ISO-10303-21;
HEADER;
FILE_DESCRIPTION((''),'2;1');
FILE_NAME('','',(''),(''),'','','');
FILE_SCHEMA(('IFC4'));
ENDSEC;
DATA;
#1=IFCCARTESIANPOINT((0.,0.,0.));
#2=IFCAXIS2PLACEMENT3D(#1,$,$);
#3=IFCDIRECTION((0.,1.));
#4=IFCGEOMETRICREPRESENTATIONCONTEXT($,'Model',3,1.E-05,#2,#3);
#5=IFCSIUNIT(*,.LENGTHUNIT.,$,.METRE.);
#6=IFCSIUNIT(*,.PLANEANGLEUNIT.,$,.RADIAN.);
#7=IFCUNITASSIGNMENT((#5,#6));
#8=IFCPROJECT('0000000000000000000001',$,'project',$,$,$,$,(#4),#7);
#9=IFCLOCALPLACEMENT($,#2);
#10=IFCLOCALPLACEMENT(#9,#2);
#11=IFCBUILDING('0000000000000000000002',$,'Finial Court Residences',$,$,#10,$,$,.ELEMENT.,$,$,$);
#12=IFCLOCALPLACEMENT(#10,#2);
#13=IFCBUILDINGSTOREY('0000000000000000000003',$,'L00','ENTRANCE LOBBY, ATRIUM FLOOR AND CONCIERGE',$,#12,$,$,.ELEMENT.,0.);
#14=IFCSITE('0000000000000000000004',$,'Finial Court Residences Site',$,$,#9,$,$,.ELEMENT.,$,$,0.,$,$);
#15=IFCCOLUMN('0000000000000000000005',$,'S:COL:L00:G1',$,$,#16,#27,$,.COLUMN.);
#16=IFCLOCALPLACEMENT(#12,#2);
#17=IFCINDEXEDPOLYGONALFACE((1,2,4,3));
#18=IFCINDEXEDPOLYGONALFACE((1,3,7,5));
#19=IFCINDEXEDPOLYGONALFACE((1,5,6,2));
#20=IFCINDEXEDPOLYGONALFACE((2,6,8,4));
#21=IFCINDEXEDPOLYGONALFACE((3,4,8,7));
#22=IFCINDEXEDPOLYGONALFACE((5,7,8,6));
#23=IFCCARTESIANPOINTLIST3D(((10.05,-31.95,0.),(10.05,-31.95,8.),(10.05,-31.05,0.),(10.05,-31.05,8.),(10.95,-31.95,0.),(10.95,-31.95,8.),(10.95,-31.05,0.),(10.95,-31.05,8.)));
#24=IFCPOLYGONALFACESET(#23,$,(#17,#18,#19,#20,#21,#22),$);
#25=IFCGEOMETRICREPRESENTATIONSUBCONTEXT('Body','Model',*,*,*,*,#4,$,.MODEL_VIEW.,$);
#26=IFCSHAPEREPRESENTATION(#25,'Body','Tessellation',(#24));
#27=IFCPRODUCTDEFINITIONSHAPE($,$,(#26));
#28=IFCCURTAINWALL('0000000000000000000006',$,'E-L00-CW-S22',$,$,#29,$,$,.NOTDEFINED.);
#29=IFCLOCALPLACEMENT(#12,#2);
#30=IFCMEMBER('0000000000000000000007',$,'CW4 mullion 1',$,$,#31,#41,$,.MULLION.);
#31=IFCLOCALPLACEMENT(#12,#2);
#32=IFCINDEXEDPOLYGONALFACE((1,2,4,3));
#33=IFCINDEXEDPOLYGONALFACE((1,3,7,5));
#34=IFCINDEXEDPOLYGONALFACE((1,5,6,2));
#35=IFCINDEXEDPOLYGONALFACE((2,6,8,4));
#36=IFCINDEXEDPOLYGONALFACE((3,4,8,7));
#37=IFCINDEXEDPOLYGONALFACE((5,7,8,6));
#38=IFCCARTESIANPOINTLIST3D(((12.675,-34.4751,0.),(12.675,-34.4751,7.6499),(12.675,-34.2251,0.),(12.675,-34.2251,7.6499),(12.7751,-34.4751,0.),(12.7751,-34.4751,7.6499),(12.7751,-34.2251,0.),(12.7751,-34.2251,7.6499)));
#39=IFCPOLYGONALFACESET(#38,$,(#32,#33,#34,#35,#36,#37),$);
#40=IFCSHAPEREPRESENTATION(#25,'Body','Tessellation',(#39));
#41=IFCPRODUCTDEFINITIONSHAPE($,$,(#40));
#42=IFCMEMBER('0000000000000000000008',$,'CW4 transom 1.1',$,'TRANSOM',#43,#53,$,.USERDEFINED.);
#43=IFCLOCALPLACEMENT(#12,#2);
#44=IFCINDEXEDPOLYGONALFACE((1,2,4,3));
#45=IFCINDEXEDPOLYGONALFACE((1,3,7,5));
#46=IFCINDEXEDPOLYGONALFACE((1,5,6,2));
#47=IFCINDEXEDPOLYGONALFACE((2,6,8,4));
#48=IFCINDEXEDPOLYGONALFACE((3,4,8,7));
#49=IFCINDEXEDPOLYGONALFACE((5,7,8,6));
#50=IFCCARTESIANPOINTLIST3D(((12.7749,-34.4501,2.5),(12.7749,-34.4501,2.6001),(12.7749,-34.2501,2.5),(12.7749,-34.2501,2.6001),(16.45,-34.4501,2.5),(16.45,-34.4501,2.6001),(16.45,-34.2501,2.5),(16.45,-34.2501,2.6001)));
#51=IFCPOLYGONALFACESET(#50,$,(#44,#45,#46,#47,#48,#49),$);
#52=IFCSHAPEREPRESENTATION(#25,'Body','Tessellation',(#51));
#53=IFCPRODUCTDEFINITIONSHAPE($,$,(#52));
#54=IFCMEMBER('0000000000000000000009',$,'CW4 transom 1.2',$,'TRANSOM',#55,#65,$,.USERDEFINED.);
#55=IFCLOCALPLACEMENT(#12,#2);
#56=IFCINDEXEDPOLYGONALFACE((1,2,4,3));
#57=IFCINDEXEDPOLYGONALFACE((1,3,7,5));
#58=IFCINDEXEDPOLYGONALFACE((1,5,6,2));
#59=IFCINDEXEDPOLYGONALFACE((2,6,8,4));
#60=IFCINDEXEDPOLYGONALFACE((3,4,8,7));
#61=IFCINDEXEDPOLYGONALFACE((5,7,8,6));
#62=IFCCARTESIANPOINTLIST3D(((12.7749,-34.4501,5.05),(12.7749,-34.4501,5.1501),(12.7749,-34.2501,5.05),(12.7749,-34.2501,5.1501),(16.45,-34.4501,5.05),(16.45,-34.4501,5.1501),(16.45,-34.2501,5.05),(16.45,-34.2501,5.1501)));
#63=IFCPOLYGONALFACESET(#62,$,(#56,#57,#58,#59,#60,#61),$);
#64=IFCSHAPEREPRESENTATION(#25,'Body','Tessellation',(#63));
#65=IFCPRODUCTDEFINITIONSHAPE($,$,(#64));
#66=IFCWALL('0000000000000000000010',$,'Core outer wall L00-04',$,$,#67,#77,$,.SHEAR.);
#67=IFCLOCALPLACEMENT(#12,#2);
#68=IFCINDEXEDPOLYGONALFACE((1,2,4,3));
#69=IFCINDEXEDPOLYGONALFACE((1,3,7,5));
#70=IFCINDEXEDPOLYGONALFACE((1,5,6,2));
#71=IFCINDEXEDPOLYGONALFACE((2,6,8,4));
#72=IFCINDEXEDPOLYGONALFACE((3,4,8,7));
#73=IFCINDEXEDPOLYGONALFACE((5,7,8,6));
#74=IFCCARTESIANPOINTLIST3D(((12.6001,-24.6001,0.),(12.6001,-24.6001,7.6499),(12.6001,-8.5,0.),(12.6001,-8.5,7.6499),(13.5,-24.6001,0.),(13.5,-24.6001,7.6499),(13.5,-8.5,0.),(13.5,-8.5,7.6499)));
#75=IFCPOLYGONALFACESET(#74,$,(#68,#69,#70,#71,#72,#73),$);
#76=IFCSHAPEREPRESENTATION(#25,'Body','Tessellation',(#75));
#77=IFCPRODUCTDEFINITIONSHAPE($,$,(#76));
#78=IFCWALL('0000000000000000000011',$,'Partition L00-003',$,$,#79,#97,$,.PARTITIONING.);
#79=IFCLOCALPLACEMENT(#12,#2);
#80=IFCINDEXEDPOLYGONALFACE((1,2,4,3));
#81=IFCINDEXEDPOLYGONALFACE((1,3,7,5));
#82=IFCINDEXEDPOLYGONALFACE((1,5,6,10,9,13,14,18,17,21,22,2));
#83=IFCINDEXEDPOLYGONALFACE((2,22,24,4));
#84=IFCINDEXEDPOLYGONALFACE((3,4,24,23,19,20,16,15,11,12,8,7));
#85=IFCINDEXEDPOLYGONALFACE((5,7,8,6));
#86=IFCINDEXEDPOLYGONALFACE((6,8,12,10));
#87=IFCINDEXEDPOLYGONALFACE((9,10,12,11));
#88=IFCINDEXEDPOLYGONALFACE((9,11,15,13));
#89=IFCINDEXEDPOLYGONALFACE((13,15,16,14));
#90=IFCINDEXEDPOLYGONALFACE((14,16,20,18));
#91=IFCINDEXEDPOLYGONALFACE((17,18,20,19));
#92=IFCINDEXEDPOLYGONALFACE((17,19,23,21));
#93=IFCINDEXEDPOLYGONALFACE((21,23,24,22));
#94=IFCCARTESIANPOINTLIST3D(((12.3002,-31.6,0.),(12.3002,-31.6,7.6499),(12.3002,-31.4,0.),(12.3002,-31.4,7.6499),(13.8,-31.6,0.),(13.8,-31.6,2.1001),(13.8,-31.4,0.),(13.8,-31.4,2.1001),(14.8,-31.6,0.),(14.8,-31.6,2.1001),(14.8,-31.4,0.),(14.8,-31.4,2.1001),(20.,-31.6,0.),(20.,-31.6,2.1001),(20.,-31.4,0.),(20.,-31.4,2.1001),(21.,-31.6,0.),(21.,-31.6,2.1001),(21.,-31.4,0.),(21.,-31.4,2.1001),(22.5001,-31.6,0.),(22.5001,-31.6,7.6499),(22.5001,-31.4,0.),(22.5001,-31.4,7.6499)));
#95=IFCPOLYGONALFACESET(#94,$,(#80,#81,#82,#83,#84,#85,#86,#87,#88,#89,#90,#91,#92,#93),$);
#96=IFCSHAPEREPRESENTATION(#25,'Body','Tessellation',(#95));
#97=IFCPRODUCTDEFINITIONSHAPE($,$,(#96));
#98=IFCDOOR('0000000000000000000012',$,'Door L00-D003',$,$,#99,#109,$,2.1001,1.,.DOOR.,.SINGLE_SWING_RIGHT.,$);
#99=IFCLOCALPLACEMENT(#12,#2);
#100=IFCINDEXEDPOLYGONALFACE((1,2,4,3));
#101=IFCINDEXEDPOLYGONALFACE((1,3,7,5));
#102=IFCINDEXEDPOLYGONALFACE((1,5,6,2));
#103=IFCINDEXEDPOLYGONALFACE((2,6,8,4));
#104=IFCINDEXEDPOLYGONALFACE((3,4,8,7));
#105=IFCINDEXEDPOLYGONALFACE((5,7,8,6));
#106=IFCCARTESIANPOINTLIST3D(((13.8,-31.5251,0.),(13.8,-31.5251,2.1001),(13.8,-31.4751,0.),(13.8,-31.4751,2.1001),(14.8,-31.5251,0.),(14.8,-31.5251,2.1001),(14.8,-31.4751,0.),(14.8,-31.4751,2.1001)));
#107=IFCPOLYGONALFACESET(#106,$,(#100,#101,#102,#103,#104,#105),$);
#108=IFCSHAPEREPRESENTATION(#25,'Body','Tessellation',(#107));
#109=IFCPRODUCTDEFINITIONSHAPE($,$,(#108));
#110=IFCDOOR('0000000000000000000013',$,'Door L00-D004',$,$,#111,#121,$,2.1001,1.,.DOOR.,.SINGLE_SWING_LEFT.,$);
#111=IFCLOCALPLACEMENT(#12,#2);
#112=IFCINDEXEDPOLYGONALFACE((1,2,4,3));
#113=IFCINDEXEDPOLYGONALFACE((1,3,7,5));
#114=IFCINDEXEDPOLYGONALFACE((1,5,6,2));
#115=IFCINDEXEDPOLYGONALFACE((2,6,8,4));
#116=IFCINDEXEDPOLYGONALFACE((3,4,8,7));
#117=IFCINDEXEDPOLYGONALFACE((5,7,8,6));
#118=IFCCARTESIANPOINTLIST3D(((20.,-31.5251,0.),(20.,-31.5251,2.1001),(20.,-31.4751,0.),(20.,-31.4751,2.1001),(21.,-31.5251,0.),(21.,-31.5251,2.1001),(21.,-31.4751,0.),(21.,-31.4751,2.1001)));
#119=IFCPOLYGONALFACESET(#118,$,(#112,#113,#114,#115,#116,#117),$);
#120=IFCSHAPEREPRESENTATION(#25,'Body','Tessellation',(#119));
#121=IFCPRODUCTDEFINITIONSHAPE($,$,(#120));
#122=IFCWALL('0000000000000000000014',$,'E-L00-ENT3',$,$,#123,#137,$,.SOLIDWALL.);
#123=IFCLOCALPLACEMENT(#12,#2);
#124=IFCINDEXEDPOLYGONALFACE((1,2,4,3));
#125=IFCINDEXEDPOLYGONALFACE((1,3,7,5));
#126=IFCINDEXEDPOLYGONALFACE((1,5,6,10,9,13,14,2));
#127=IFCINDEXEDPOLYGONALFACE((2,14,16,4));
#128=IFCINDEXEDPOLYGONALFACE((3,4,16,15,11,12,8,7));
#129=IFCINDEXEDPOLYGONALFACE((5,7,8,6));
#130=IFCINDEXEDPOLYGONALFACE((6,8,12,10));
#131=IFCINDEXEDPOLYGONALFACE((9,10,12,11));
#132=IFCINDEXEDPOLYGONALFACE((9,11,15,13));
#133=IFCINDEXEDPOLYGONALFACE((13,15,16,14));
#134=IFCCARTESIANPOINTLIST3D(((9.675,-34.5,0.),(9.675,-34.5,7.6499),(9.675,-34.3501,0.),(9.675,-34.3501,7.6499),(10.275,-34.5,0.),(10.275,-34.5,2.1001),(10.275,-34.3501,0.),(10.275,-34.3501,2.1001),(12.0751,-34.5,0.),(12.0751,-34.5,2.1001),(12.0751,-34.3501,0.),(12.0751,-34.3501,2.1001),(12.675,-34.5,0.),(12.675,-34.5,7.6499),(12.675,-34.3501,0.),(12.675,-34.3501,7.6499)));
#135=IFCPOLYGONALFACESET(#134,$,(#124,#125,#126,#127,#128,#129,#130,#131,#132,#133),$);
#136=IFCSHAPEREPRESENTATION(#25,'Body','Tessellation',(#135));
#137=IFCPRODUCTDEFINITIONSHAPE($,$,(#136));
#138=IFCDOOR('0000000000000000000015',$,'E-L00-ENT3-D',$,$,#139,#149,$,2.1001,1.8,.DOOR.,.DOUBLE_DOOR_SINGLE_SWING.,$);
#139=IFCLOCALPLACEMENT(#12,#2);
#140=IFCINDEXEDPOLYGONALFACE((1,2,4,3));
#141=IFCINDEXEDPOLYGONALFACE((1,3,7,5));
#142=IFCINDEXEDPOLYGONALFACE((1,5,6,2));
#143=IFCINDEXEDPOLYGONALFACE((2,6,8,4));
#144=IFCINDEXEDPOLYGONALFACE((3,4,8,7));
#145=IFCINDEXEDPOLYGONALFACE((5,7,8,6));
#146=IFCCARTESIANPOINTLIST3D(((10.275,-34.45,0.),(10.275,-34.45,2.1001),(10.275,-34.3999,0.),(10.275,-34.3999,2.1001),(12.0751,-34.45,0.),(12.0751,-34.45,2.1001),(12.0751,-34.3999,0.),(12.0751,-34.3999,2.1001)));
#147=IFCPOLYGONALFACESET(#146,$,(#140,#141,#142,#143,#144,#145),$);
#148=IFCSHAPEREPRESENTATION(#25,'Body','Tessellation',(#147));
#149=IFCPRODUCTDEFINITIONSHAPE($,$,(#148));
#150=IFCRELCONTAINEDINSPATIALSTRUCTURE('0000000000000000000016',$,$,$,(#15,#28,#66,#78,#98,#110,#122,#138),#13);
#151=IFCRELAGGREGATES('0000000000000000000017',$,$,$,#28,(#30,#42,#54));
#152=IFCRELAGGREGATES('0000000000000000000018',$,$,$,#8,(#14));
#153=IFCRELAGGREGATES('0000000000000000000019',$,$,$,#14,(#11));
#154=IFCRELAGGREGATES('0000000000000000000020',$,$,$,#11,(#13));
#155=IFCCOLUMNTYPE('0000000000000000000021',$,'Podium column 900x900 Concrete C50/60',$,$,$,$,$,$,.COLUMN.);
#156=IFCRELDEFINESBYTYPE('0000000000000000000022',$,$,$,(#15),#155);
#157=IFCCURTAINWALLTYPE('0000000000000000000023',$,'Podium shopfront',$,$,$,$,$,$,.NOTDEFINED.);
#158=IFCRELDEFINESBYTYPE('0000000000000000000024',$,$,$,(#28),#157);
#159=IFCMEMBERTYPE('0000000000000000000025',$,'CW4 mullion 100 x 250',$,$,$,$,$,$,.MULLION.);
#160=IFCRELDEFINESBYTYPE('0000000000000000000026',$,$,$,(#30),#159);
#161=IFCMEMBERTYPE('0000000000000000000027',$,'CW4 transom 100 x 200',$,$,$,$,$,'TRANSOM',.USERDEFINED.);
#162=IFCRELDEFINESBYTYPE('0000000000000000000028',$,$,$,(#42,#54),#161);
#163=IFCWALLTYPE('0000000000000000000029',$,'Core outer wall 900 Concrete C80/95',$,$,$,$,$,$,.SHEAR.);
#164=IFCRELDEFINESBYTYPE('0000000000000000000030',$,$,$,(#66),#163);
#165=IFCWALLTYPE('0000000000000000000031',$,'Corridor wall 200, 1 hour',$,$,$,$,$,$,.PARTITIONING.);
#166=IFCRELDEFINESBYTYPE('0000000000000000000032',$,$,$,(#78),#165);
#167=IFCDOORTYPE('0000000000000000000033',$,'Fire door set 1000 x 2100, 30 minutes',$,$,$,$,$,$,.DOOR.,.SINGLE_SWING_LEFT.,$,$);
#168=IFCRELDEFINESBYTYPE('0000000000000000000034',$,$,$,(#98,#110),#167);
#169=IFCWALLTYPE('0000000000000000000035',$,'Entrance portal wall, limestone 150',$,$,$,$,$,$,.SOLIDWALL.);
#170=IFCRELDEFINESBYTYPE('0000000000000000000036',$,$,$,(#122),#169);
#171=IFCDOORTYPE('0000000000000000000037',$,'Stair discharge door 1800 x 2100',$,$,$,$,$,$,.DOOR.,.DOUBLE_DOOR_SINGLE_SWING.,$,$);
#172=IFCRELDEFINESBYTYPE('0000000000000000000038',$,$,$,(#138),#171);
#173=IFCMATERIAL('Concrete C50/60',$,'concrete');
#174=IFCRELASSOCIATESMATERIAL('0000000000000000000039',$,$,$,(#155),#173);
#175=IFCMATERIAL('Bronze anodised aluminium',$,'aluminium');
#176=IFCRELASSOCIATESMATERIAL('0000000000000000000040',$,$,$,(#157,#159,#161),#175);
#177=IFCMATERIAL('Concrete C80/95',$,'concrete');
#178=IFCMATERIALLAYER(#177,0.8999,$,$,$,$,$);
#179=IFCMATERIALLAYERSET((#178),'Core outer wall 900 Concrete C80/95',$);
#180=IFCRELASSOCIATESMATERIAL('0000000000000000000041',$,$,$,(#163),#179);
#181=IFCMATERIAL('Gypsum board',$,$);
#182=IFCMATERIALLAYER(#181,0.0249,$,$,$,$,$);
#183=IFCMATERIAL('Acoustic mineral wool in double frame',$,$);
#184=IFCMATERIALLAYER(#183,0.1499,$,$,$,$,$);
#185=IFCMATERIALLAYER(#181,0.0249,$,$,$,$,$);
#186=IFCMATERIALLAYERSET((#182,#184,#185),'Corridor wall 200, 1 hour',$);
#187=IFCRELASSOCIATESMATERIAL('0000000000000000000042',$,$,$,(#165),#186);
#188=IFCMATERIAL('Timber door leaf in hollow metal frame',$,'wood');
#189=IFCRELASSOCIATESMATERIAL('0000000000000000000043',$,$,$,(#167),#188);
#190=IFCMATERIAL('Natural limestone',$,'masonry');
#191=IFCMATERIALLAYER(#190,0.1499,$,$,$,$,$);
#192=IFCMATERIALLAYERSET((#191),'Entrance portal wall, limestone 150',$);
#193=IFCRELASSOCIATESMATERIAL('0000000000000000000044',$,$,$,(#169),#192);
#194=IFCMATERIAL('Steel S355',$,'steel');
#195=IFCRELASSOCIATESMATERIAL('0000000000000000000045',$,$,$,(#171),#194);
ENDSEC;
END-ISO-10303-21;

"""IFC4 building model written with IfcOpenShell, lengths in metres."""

from ifc_helpers import new_model, si_unit, direction, frame, frame_2d, origin, origin_2d, place, context, subcontext, project, spatial, rectangle, extrude, material, layer, layer_set, material_profile, profile_set, type_object, element, fill, aggregate, save


model = new_model("IFC4")

# Units and contexts
model_context = context("Model", 3, precision=1e-05, world=origin(), true_north=direction((0.0, 1.0)))
body_context = subcontext(model_context, "Body", "Model", "MODEL_VIEW")
ifc_project = project(units=[si_unit("LENGTHUNIT", "METRE"), si_unit("PLANEANGLEUNIT", "RADIAN")], contexts=[model_context])

# Site, building, storey
site_placement = place(None, origin())
site = spatial("IfcSite", under=ifc_project, at=site_placement, Name="Finial Court Residences Site", CompositionType="ELEMENT", RefElevation=0.0)
building_placement = place(site_placement, origin())
building = spatial("IfcBuilding", under=site, at=building_placement, Name="Finial Court Residences", CompositionType="ELEMENT")
storey_placement = place(building_placement, origin())
storey = spatial("IfcBuildingStorey", under=building, at=storey_placement, Name="L00", Description="ENTRANCE LOBBY, ATRIUM FLOOR AND CONCIERGE", CompositionType="ELEMENT", Elevation=0.0)

# Column
ifc_material_1 = material(Name="Concrete C50/60", Category="concrete")
ifc_material_profile_1 = material_profile(ifc_material_1, rectangle(XDim=0.8999, YDim=0.8999, at=origin_2d()), Name="900x900")
ifc_profile_set_1 = profile_set([ifc_material_profile_1], Name="Concrete C50/60")
column_type = type_object("IfcColumnType", Name="Podium column 900x900 Concrete C50/60", PredefinedType="COLUMN", material=ifc_profile_set_1)
column_placement = place(storey_placement, frame((10.5, -31.5, 0.0), z_axis=(0.0, 0.0, 1.0), x_axis=(1.0, 0.0, 0.0)))
element("IfcColumn", 1, at=column_placement, inside=storey, type_object=column_type, Name="S:COL:L00:G1", PredefinedType="COLUMN", context=body_context, shape_type="SweptSolid", body=[
    extrude(rectangle(XDim=0.8999, YDim=0.8999, at=origin_2d()), origin(), (0.0, 0.0, 1.0), 8.0),
])

# Curtain wall, members
ifc_material_2 = material(Name="Bronze anodised aluminium", Category="aluminium")
curtain_wall_type = type_object("IfcCurtainWallType", Name="Podium shopfront", PredefinedType="NOTDEFINED", material=ifc_material_2)
curtain_wall_placement = place(storey_placement, origin())
curtain_wall = element("IfcCurtainWall", 2, at=curtain_wall_placement, inside=storey, type_object=curtain_wall_type, Name="E-L00-CW-S22", PredefinedType="NOTDEFINED")
ifc_material_profile_2 = material_profile(ifc_material_2, rectangle(XDim=0.25, YDim=0.1001, at=origin_2d()), Name="CW4 mullion 100 x 250")
ifc_profile_set_2 = profile_set([ifc_material_profile_2], Name="Bronze anodised aluminium")
member_type_1 = type_object("IfcMemberType", Name="CW4 mullion 100 x 250", PredefinedType="MULLION", material=ifc_profile_set_2)
member_1_placement = place(storey_placement, frame((12.7251, -34.3501, 0.0), z_axis=(0.0, 0.0, 1.0), x_axis=(0.0, 1.0, 0.0)))
member_1 = element("IfcMember", 3, at=member_1_placement, type_object=member_type_1, Name="CW4 mullion 1", PredefinedType="MULLION", context=body_context, shape_type="SweptSolid", body=[
    extrude(rectangle(XDim=0.25, YDim=0.1001, at=origin_2d()), origin(), (0.0, 0.0, 1.0), 7.6499),
])
ifc_material_profile_3 = material_profile(ifc_material_2, rectangle(XDim=0.2, YDim=0.1001, at=origin_2d()), Name="CW4 transom 100 x 200")
ifc_profile_set_3 = profile_set([ifc_material_profile_3], Name="Bronze anodised aluminium")
member_type_2 = type_object("IfcMemberType", Name="CW4 transom 100 x 200", ElementType="TRANSOM", PredefinedType="USERDEFINED", material=ifc_profile_set_3)
member_2_placement = place(storey_placement, frame((12.7749, -34.3501, 2.55), z_axis=(1.0, 0.0, 0.0), x_axis=(0.0, 1.0, 0.0)))
member_2 = element("IfcMember", 4, at=member_2_placement, type_object=member_type_2, Name="CW4 transom 1.1", ObjectType="TRANSOM", PredefinedType="USERDEFINED", context=body_context, shape_type="SweptSolid", body=[
    extrude(rectangle(XDim=0.2, YDim=0.1001, at=origin_2d()), origin(), (0.0, 0.0, 1.0), 3.675),
])
member_3_placement = place(storey_placement, frame((12.7749, -34.3501, 5.1001), z_axis=(1.0, 0.0, 0.0), x_axis=(0.0, 1.0, 0.0)))
member_3 = element("IfcMember", 5, at=member_3_placement, type_object=member_type_2, Name="CW4 transom 1.2", ObjectType="TRANSOM", PredefinedType="USERDEFINED", context=body_context, shape_type="SweptSolid", body=[
    extrude(rectangle(XDim=0.2, YDim=0.1001, at=origin_2d()), origin(), (0.0, 0.0, 1.0), 3.675),
])
aggregate(curtain_wall, [member_1, member_2, member_3])

# Wall
ifc_material_3 = material(Name="Concrete C80/95", Category="concrete")
ifc_layer_1 = layer(ifc_material_3, 0.8999)
ifc_layer_set_1 = layer_set([ifc_layer_1], Name="Core outer wall 900 Concrete C80/95")
wall_type_1 = type_object("IfcWallType", Name="Core outer wall 900 Concrete C80/95", PredefinedType="SHEAR", material=ifc_layer_set_1)
wall_1_placement = place(storey_placement, frame((13.05, -24.6001, 0.0), z_axis=(0.0, 0.0, 1.0), x_axis=(0.0, 1.0, 0.0)))
element("IfcWall", 6, at=wall_1_placement, inside=storey, type_object=wall_type_1, Name="Core outer wall L00-04", PredefinedType="SHEAR", context=body_context, shape_type="SweptSolid", body=[
    extrude(rectangle(XDim=16.1001, YDim=0.8999, at=frame_2d((8.05, 0.0))), origin(), (0.0, 0.0, 1.0), 7.6499),
])

# Wall, openings, doors
ifc_material_4 = material(Name="Gypsum board")
ifc_layer_2 = layer(ifc_material_4, 0.0249)
ifc_material_5 = material(Name="Acoustic mineral wool in double frame")
ifc_layer_3 = layer(ifc_material_5, 0.1499)
ifc_layer_4 = layer(ifc_material_4, 0.0249)
ifc_layer_set_2 = layer_set([ifc_layer_2, ifc_layer_3, ifc_layer_4], Name="Corridor wall 200, 1 hour")
wall_type_2 = type_object("IfcWallType", Name="Corridor wall 200, 1 hour", PredefinedType="PARTITIONING", material=ifc_layer_set_2)
wall_2_placement = place(storey_placement, frame((12.3, -31.5, 0.0), z_axis=(0.0, 0.0, 1.0), x_axis=(1.0, 0.0, 0.0)))
wall_2 = element("IfcWall", 7, at=wall_2_placement, inside=storey, type_object=wall_type_2, Name="Partition L00-003", PredefinedType="PARTITIONING", context=body_context, shape_type="SweptSolid", body=[
    extrude(rectangle(XDim=10.2, YDim=0.2, at=frame_2d((5.1001, 0.0))), origin(), (0.0, 0.0, 1.0), 7.6499),
])
opening_1_placement = place(wall_2_placement, frame((1.5, 0.0, 0.0)))
opening_1 = element("IfcOpeningElement", 8, at=opening_1_placement, cuts=wall_2, PredefinedType="OPENING", context=body_context, shape_type="SweptSolid", body=[
    extrude(rectangle(XDim=1.0, YDim=2.1001, at=frame_2d((0.5, 1.05))), frame((0.0, 0.1099, 0.0), z_axis=(0.0, -1.0, 0.0), x_axis=(1.0, 0.0, 0.0)), (0.0, 0.0, 1.0), 0.22),
])
opening_2_placement = place(wall_2_placement, frame((7.7, 0.0, 0.0)))
opening_2 = element("IfcOpeningElement", 9, at=opening_2_placement, cuts=wall_2, PredefinedType="OPENING", context=body_context, shape_type="SweptSolid", body=[
    extrude(rectangle(XDim=1.0, YDim=2.1001, at=frame_2d((0.5, 1.05))), frame((0.0, 0.1099, 0.0), z_axis=(0.0, -1.0, 0.0), x_axis=(1.0, 0.0, 0.0)), (0.0, 0.0, 1.0), 0.22),
])
ifc_material_6 = material(Name="Timber door leaf in hollow metal frame", Category="wood")
door_type_1 = type_object("IfcDoorType", Name="Fire door set 1000 x 2100, 30 minutes", OperationType="SINGLE_SWING_LEFT", PredefinedType="DOOR", material=ifc_material_6)
door_1_placement = place(opening_1_placement, origin())
door_1 = element("IfcDoor", 10, at=door_1_placement, inside=storey, type_object=door_type_1, Name="Door L00-D003", OperationType="SINGLE_SWING_RIGHT", OverallHeight=2.1001, OverallWidth=1.0, PredefinedType="DOOR", context=body_context, shape_type="SweptSolid", body=[
    extrude(rectangle(XDim=1.0, YDim=2.1001, at=frame_2d((0.5, 1.05))), frame((0.0, 0.0249, 0.0), z_axis=(0.0, -1.0, 0.0), x_axis=(1.0, 0.0, 0.0)), (0.0, 0.0, 1.0), 0.05),
])
fill(opening_1, door_1)
door_2_placement = place(opening_2_placement, origin())
door_2 = element("IfcDoor", 11, at=door_2_placement, inside=storey, type_object=door_type_1, Name="Door L00-D004", OperationType="SINGLE_SWING_LEFT", OverallHeight=2.1001, OverallWidth=1.0, PredefinedType="DOOR", context=body_context, shape_type="SweptSolid", body=[
    extrude(rectangle(XDim=1.0, YDim=2.1001, at=frame_2d((0.5, 1.05))), frame((0.0, 0.0249, 0.0), z_axis=(0.0, -1.0, 0.0), x_axis=(1.0, 0.0, 0.0)), (0.0, 0.0, 1.0), 0.05),
])
fill(opening_2, door_2)

# Wall, opening, door
ifc_material_7 = material(Name="Natural limestone", Category="masonry")
ifc_layer_5 = layer(ifc_material_7, 0.1499)
ifc_layer_set_3 = layer_set([ifc_layer_5], Name="Entrance portal wall, limestone 150")
wall_type_3 = type_object("IfcWallType", Name="Entrance portal wall, limestone 150", PredefinedType="SOLIDWALL", material=ifc_layer_set_3)
wall_3_placement = place(storey_placement, frame((12.675, -34.425, 0.0), z_axis=(0.0, 0.0, 1.0), x_axis=(-1.0, 0.0, 0.0)))
wall_3 = element("IfcWall", 12, at=wall_3_placement, inside=storey, type_object=wall_type_3, Name="E-L00-ENT3", PredefinedType="SOLIDWALL", context=body_context, shape_type="SweptSolid", body=[
    extrude(rectangle(XDim=3.0, YDim=0.1499, at=frame_2d((1.5, 0.0))), origin(), (0.0, 0.0, 1.0), 7.6499),
])
opening_3_placement = place(wall_3_placement, frame((0.6001, 0.0, 0.0)))
opening_3 = element("IfcOpeningElement", 13, at=opening_3_placement, cuts=wall_3, PredefinedType="OPENING", context=body_context, shape_type="SweptSolid", body=[
    extrude(rectangle(XDim=1.8, YDim=2.1001, at=frame_2d((0.8999, 1.05))), frame((0.0, 0.085, 0.0), z_axis=(0.0, -1.0, 0.0), x_axis=(1.0, 0.0, 0.0)), (0.0, 0.0, 1.0), 0.1699),
])
ifc_material_8 = material(Name="Steel S355", Category="steel")
door_type_2 = type_object("IfcDoorType", Name="Stair discharge door 1800 x 2100", OperationType="DOUBLE_DOOR_SINGLE_SWING", PredefinedType="DOOR", material=ifc_material_8)
door_3_placement = place(opening_3_placement, origin())
door_3 = element("IfcDoor", 14, at=door_3_placement, inside=storey, type_object=door_type_2, Name="E-L00-ENT3-D", OperationType="DOUBLE_DOOR_SINGLE_SWING", OverallHeight=2.1001, OverallWidth=1.8, PredefinedType="DOOR", context=body_context, shape_type="SweptSolid", body=[
    extrude(rectangle(XDim=1.8, YDim=2.1001, at=frame_2d((0.8999, 1.05))), frame((0.0, 0.0249, 0.0), z_axis=(0.0, -1.0, 0.0), x_axis=(1.0, 0.0, 0.0)), (0.0, 0.0, 1.0), 0.05),
])
fill(opening_3, door_3)

save(model, "model.ifc")
